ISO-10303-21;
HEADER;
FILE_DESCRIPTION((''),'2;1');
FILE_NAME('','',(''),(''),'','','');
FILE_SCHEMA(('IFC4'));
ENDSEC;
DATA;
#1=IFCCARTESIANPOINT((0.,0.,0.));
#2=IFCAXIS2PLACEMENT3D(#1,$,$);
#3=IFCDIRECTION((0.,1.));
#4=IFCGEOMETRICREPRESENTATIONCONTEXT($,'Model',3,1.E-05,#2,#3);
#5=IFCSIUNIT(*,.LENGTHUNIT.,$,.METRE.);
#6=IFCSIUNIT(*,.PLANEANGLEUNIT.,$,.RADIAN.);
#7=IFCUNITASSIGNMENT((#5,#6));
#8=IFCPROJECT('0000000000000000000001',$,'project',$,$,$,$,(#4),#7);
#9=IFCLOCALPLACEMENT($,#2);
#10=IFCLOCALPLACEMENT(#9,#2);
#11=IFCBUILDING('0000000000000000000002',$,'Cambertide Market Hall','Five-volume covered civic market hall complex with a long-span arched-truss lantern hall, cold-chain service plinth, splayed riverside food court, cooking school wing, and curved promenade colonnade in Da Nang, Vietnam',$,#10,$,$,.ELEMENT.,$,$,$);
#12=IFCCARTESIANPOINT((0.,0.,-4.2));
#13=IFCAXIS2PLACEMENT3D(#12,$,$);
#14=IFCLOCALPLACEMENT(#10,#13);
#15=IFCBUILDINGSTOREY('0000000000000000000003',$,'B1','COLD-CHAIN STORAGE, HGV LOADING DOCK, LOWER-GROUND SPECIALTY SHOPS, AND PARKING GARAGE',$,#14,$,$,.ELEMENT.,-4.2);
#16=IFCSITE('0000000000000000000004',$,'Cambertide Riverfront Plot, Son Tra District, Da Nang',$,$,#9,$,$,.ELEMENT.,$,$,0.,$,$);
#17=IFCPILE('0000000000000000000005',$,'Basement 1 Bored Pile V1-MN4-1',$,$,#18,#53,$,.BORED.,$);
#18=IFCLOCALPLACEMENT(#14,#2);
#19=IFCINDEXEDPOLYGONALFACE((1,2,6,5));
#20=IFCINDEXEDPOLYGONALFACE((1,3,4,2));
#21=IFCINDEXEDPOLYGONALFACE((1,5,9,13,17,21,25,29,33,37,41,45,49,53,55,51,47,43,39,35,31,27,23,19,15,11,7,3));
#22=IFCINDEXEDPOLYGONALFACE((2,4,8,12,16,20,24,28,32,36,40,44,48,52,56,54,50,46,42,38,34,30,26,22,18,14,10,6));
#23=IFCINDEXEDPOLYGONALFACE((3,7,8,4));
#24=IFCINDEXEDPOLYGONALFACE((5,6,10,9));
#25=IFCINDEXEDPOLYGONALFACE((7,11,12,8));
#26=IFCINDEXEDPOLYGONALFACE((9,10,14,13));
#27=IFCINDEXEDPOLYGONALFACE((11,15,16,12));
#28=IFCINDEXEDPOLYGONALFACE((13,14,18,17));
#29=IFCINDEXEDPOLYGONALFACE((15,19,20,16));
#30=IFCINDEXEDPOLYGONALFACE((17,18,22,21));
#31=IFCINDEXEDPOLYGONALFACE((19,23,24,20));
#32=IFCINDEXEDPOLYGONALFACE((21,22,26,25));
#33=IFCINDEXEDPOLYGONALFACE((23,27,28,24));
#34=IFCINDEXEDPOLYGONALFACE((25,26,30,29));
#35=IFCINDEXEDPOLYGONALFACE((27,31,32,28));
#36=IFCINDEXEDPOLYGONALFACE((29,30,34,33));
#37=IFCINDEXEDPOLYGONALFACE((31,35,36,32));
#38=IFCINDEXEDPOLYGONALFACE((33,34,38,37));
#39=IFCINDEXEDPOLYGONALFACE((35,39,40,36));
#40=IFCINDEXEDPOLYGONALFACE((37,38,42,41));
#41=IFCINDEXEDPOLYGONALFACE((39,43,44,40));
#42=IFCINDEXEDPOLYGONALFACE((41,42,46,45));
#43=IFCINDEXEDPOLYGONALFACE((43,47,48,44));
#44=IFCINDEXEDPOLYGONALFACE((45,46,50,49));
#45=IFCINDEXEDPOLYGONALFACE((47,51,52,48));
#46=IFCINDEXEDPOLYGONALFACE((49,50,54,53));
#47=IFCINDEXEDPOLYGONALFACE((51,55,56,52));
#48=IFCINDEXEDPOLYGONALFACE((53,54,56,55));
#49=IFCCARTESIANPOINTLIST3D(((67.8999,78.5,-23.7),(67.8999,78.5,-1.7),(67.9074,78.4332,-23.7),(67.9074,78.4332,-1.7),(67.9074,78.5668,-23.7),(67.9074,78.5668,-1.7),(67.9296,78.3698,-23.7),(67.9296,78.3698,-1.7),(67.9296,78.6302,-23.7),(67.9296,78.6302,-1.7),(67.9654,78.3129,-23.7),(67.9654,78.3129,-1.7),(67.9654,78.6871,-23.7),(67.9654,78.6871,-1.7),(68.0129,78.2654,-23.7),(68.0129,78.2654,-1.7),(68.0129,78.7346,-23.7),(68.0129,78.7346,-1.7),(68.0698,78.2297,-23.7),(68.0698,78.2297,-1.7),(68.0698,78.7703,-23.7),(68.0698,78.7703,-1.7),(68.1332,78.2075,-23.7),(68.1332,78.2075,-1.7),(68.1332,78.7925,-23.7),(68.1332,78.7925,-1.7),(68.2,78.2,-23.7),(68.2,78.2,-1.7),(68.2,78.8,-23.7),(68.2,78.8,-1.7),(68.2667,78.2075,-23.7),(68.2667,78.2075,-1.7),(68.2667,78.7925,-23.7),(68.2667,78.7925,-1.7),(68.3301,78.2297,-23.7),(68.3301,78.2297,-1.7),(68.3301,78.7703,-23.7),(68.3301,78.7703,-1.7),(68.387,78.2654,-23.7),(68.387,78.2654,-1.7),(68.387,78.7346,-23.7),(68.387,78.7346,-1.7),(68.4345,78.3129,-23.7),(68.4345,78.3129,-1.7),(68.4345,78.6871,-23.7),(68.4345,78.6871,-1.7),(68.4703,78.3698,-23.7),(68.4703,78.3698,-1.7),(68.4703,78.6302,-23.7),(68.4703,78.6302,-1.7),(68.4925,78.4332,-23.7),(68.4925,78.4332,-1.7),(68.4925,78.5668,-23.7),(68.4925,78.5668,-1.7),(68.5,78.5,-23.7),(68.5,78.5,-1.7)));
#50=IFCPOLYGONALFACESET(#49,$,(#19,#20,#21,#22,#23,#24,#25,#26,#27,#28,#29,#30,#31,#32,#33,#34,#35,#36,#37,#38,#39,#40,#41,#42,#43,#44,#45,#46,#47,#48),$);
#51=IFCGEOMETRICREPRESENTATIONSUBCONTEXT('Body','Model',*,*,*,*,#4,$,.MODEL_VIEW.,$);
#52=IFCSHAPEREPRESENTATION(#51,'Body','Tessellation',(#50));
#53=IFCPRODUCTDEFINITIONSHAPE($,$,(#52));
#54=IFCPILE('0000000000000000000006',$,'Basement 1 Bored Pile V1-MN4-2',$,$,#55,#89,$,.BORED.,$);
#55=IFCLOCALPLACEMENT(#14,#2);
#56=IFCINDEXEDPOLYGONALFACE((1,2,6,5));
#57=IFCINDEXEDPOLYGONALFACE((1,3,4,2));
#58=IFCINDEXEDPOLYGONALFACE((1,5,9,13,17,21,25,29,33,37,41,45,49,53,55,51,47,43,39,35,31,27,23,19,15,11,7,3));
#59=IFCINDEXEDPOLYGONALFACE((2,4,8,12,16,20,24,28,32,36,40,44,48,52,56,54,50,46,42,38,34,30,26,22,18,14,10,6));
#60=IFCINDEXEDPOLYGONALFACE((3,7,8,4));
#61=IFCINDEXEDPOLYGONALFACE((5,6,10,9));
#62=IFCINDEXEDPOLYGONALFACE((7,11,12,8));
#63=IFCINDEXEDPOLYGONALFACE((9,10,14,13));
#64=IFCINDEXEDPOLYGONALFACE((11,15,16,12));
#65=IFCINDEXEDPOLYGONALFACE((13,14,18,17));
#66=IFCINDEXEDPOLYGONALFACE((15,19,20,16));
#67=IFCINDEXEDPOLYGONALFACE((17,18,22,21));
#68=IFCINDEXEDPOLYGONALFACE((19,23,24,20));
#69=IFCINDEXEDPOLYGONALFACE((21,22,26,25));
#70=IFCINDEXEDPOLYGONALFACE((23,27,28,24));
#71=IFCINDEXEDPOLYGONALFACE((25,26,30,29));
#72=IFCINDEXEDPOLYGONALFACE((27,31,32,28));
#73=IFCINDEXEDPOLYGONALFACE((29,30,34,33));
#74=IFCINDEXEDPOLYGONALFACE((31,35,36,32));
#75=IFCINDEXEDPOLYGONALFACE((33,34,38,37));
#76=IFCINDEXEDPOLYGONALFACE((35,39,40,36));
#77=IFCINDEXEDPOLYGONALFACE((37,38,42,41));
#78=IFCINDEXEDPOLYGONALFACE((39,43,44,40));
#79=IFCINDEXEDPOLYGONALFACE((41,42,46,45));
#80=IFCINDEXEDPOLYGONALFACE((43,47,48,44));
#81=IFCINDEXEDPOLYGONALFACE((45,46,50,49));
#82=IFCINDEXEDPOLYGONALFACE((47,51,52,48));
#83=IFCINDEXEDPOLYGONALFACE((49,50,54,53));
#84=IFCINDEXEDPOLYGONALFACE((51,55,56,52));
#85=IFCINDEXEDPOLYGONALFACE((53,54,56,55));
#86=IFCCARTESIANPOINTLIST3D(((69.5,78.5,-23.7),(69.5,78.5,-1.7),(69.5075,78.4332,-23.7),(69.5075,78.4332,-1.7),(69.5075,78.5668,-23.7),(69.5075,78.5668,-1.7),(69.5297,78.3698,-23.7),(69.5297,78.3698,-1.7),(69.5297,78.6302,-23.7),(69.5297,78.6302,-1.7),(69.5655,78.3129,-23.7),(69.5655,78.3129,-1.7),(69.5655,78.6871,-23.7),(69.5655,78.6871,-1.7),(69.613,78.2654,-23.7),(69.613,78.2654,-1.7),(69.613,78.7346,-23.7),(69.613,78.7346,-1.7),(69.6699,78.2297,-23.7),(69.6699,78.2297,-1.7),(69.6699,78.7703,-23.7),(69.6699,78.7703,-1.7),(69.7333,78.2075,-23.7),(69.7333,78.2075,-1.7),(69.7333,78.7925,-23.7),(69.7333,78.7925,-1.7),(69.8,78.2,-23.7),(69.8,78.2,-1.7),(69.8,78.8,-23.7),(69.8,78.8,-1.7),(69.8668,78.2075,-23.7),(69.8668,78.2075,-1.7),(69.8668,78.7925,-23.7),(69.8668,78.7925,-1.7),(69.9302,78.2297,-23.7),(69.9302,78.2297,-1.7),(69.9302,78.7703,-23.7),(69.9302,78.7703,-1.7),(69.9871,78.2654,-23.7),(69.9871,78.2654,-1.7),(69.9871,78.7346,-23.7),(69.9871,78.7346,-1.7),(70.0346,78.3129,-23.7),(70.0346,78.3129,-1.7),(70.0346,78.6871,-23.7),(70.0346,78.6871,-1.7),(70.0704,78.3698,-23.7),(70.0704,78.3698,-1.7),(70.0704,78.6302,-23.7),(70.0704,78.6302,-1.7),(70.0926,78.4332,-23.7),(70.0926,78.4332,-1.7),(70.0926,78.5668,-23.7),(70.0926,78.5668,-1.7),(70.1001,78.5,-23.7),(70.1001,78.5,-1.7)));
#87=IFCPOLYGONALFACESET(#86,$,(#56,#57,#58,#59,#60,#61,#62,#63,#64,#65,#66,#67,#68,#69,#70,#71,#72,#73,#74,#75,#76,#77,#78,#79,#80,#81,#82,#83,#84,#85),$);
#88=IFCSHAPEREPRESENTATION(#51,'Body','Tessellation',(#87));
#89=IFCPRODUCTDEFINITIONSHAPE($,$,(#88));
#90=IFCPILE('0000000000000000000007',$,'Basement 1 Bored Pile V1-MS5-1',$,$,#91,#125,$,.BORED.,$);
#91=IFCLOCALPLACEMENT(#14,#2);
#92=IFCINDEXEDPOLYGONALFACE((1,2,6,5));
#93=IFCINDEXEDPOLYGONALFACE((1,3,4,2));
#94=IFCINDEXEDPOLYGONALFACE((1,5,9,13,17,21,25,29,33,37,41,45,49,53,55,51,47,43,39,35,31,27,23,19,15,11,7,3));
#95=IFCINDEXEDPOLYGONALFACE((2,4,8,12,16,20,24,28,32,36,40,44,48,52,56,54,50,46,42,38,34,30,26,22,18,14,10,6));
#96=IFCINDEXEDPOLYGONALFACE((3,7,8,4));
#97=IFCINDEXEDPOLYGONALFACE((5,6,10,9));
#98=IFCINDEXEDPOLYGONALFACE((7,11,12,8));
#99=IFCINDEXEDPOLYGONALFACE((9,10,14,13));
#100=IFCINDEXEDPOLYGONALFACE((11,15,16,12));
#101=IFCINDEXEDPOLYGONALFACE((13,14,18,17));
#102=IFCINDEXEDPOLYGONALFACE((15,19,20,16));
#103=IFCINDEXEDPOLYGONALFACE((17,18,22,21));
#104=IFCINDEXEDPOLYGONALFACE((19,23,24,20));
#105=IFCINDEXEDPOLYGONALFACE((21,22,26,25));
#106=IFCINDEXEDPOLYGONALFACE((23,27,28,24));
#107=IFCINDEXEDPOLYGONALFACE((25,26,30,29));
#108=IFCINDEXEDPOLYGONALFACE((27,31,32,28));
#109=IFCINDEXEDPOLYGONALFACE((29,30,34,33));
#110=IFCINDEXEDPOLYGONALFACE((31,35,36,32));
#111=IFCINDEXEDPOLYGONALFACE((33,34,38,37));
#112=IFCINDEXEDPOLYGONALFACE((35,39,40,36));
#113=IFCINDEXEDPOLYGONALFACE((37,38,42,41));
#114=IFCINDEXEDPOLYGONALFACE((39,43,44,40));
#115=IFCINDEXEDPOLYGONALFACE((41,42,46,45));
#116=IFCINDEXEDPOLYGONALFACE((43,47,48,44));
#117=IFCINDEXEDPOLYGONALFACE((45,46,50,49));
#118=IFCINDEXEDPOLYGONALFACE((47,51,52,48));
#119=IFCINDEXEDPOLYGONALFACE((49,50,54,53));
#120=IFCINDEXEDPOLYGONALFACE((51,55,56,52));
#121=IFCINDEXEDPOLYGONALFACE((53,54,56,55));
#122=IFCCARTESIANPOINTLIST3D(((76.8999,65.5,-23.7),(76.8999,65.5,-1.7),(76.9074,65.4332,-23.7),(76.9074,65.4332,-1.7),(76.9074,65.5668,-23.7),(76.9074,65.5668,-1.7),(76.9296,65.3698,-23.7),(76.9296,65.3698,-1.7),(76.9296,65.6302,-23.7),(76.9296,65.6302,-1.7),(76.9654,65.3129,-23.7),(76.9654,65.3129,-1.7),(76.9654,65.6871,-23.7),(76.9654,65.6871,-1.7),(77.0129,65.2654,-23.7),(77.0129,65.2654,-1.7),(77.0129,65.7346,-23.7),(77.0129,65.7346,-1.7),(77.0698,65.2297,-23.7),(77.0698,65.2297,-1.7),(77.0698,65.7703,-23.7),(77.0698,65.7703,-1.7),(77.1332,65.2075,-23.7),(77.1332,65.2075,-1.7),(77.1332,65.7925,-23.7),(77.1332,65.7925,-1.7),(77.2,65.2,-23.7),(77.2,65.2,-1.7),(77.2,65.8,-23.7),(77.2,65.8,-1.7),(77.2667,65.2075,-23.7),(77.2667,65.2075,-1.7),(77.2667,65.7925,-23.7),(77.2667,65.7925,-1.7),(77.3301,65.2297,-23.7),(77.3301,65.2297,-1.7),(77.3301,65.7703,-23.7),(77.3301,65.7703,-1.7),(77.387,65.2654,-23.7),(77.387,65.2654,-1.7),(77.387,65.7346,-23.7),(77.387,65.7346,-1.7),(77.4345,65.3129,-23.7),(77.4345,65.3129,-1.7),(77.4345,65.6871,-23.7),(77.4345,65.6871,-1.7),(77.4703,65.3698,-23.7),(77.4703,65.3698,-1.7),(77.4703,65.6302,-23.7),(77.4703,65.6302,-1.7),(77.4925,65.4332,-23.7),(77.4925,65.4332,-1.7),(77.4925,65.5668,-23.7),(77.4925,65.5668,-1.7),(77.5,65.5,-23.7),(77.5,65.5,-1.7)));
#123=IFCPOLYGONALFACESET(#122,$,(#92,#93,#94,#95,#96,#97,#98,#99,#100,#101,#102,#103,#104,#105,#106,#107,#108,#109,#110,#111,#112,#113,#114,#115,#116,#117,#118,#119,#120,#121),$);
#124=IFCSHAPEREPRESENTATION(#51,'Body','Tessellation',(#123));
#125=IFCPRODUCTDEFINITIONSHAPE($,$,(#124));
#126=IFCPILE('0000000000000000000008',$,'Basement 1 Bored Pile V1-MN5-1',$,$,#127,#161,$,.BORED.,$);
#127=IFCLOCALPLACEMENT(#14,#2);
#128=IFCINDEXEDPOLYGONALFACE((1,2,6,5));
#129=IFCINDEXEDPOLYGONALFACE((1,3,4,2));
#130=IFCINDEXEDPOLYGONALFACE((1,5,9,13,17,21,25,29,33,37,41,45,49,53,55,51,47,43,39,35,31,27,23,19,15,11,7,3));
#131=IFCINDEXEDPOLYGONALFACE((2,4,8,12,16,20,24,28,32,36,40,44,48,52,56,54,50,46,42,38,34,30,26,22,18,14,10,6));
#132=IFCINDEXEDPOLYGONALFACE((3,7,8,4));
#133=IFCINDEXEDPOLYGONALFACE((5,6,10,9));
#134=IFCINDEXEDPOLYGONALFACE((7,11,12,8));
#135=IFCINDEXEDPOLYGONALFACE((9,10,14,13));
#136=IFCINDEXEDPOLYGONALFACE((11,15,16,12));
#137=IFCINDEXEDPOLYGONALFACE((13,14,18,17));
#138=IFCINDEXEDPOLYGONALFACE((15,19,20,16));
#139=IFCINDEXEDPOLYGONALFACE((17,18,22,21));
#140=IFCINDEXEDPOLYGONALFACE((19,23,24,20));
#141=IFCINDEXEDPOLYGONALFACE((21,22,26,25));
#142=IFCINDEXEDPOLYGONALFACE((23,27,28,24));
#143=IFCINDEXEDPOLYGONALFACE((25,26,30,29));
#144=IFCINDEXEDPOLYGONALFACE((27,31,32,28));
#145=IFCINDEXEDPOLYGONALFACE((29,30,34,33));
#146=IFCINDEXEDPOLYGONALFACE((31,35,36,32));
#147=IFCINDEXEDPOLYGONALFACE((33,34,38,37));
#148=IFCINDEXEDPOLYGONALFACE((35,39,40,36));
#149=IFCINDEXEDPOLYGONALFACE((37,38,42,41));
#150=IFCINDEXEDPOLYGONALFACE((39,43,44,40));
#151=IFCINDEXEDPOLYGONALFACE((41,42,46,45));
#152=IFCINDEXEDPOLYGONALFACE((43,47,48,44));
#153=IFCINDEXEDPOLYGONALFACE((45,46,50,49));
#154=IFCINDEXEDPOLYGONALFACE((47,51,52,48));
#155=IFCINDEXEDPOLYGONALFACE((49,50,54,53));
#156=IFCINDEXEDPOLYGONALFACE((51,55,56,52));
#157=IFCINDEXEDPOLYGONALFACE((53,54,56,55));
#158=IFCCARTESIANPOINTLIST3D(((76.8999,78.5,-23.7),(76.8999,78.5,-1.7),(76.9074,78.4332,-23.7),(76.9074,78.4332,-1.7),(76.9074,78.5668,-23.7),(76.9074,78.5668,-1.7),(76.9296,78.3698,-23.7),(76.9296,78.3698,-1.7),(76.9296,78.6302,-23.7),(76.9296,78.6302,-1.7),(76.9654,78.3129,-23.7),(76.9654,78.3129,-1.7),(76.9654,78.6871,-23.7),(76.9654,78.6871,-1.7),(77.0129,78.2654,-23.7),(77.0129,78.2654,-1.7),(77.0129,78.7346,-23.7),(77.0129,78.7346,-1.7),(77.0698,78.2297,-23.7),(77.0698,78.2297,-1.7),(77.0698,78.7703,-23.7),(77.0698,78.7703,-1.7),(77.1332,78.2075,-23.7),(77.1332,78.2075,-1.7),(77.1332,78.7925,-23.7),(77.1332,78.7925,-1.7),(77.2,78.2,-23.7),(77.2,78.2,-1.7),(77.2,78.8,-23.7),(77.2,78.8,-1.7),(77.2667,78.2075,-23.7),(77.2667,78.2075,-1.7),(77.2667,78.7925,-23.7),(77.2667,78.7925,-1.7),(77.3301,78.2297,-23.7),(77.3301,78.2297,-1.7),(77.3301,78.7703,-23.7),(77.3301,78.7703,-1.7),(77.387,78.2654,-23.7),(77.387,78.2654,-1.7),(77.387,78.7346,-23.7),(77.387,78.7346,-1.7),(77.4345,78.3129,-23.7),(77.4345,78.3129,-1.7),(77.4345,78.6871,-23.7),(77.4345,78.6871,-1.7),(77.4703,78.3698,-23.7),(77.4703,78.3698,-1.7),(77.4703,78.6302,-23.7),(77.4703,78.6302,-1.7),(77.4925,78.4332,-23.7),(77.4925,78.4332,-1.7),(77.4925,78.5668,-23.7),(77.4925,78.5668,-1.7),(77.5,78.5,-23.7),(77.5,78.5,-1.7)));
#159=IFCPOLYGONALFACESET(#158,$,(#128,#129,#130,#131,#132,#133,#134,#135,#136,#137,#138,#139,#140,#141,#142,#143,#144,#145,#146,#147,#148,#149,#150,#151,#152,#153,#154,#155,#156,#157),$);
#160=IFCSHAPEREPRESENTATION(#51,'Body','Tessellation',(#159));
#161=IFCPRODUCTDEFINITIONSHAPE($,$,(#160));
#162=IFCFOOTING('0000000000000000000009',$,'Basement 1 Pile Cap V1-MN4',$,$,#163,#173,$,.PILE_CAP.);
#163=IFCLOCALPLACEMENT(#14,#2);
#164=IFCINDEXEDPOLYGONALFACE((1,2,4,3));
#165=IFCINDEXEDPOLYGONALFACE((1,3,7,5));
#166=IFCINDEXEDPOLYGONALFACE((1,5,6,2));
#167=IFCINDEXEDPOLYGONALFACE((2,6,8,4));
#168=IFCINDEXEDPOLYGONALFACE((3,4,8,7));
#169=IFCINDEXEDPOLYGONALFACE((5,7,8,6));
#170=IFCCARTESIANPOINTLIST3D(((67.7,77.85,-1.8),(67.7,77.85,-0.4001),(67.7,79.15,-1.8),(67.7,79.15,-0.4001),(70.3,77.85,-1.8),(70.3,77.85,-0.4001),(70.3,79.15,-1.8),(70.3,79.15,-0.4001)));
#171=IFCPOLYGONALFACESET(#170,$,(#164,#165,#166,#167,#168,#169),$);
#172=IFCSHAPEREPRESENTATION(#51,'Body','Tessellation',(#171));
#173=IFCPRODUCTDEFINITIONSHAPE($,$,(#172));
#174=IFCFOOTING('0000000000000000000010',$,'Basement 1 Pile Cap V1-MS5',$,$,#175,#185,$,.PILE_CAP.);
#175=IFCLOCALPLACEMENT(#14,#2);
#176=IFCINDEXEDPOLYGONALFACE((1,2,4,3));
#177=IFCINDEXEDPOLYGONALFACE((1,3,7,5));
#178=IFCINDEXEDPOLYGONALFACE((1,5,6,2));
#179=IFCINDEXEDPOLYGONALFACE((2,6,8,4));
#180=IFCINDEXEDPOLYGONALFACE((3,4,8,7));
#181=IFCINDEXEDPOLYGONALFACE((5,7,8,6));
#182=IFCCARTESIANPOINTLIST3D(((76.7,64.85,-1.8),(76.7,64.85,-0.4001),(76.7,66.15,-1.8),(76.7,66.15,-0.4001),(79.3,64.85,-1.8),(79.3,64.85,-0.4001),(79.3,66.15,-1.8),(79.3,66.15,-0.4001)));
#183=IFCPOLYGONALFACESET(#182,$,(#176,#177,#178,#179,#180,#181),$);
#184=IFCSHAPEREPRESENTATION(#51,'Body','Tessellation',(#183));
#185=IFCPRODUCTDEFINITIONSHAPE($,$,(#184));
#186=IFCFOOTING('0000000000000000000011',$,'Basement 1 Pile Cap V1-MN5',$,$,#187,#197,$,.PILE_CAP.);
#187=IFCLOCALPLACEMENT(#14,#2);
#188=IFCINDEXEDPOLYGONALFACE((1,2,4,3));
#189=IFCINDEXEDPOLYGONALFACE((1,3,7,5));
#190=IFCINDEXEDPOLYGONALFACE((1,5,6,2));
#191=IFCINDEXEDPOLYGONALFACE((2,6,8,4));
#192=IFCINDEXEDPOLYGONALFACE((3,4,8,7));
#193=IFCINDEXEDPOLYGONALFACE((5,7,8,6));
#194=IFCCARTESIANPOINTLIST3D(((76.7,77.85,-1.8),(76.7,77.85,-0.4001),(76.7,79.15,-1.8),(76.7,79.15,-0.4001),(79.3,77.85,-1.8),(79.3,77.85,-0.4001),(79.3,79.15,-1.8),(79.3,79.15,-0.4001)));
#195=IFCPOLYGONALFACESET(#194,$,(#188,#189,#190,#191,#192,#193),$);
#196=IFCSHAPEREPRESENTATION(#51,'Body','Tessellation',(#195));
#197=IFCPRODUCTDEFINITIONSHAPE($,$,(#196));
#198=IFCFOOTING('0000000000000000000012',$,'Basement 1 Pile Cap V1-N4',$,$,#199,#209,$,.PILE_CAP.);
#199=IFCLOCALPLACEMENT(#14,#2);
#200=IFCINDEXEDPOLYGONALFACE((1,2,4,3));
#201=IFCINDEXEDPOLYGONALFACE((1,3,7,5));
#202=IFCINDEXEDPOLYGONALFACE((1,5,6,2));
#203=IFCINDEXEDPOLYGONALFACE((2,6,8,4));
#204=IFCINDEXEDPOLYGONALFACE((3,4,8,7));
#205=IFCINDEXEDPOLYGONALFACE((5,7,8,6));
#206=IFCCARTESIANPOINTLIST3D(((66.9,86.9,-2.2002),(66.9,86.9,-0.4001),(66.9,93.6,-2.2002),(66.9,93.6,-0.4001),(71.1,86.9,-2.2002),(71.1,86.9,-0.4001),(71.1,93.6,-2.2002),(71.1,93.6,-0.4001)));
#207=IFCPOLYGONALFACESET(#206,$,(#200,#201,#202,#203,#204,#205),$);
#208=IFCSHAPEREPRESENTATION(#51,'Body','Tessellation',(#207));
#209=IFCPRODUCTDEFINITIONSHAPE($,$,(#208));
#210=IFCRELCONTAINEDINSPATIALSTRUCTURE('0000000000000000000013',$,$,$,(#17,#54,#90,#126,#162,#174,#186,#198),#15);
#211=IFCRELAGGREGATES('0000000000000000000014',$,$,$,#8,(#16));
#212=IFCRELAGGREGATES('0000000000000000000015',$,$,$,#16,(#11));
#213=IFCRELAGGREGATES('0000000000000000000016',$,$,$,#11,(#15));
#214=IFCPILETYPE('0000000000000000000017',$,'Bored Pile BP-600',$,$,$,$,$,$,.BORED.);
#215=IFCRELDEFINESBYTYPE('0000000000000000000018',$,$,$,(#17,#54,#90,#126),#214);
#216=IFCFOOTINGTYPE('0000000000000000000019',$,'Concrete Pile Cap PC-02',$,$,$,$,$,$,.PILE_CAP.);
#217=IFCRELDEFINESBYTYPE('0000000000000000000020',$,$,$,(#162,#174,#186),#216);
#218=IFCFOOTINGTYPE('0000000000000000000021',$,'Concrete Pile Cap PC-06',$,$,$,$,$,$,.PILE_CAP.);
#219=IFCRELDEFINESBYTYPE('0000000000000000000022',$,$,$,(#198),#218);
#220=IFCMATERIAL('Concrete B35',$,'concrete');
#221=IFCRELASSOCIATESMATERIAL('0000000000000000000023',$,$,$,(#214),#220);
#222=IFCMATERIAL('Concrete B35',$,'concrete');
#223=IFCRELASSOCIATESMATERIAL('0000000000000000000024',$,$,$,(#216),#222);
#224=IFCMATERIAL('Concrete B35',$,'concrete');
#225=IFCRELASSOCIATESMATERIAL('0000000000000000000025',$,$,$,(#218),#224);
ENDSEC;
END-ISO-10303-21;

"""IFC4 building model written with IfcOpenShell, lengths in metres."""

from ifc_helpers import new_model, si_unit, direction, frame, origin, origin_2d, place, context, subcontext, project, spatial, rectangle, circle, extrude, material, material_profile, profile_set, type_object, element, save


model = new_model("IFC4")

# Units and contexts
model_context = context("Model", 3, precision=1e-05, world=origin(), true_north=direction((0.0, 1.0)))
body_context = subcontext(model_context, "Body", "Model", "MODEL_VIEW")
ifc_project = project(units=[si_unit("LENGTHUNIT", "METRE"), si_unit("PLANEANGLEUNIT", "RADIAN")], contexts=[model_context])

# Site, building, storey
site_placement = place(None, origin())
site = spatial("IfcSite", under=ifc_project, at=site_placement, Name="Cambertide Riverfront Plot, Son Tra District, Da Nang", CompositionType="ELEMENT", RefElevation=0.0)
building_placement = place(site_placement, origin())
building = spatial("IfcBuilding", under=site, at=building_placement, Name="Cambertide Market Hall", Description="Five-volume covered civic market hall complex with a long-span arched-truss lantern hall, cold-chain service plinth, splayed riverside food court, cooking school wing, and curved promenade colonnade in Da Nang, Vietnam", CompositionType="ELEMENT")
storey_placement = place(building_placement, frame((0.0, 0.0, -4.2)))
storey = spatial("IfcBuildingStorey", under=building, at=storey_placement, Name="B1", Description="COLD-CHAIN STORAGE, HGV LOADING DOCK, LOWER-GROUND SPECIALTY SHOPS, AND PARKING GARAGE", CompositionType="ELEMENT", Elevation=-4.2)

# Piles
ifc_material_1 = material(Name="Concrete B35", Category="concrete")
ifc_material_profile_1 = material_profile(ifc_material_1, circle(Radius=0.3, at=origin_2d()), Name="BP D600")
ifc_profile_set_1 = profile_set([ifc_material_profile_1], Name="Concrete B35")
pile_type_1 = type_object("IfcPileType", Name="Bored Pile BP-600", PredefinedType="BORED", material=ifc_profile_set_1)
for number, where, z_axis, x_axis, name in (
    (1, (68.2, 78.5, -1.7), (0.0, 0.0, -1.0), (1.0, 0.0, 0.0), "Basement 1 Bored Pile V1-MN4-1"),
    (2, (69.8, 78.5, -1.7), (0.0, 0.0, -1.0), (1.0, 0.0, 0.0), "Basement 1 Bored Pile V1-MN4-2"),
    (3, (77.2, 65.5, -1.7), (0.0, 0.0, -1.0), (1.0, 0.0, 0.0), "Basement 1 Bored Pile V1-MS5-1"),
    (4, (77.2, 78.5, -1.7), (0.0, 0.0, -1.0), (1.0, 0.0, 0.0), "Basement 1 Bored Pile V1-MN5-1"),
):
    element("IfcPile", number, at=place(storey_placement, frame(where, z_axis=z_axis, x_axis=x_axis)), inside=storey, type_object=pile_type_1, Name=name, PredefinedType="BORED", context=body_context, shape_type="SweptSolid", body=[
        extrude(circle(Radius=0.3, at=origin_2d()), origin(), (0.0, 0.0, 1.0), 22.0),
    ])

# Footings
ifc_material_2 = material(Name="Concrete B35", Category="concrete")
footing_type_1 = type_object("IfcFootingType", Name="Concrete Pile Cap PC-02", PredefinedType="PILE_CAP", material=ifc_material_2)
for number, where, z_axis, x_axis, name in (
    (5, (69.0, 78.5, -1.8), (0.0, 0.0, 1.0), (1.0, 0.0, 0.0), "Basement 1 Pile Cap V1-MN4"),
    (6, (78.0, 65.5, -1.8), (0.0, 0.0, 1.0), (1.0, 0.0, 0.0), "Basement 1 Pile Cap V1-MS5"),
    (7, (78.0, 78.5, -1.8), (0.0, 0.0, 1.0), (1.0, 0.0, 0.0), "Basement 1 Pile Cap V1-MN5"),
):
    element("IfcFooting", number, at=place(storey_placement, frame(where, z_axis=z_axis, x_axis=x_axis)), inside=storey, type_object=footing_type_1, Name=name, PredefinedType="PILE_CAP", context=body_context, shape_type="SweptSolid", body=[
        extrude(rectangle(XDim=2.6001, YDim=1.3, at=origin_2d()), origin(), (0.0, 0.0, 1.0), 1.3999),
    ])
ifc_material_3 = material(Name="Concrete B35", Category="concrete")
footing_type_2 = type_object("IfcFootingType", Name="Concrete Pile Cap PC-06", PredefinedType="PILE_CAP", material=ifc_material_3)
footing_placement = place(storey_placement, frame((69.0, 90.25, -2.2002), z_axis=(0.0, 0.0, 1.0), x_axis=(1.0, 0.0, 0.0)))
element("IfcFooting", 8, at=footing_placement, inside=storey, type_object=footing_type_2, Name="Basement 1 Pile Cap V1-N4", PredefinedType="PILE_CAP", context=body_context, shape_type="SweptSolid", body=[
    extrude(rectangle(XDim=4.2, YDim=6.7, at=origin_2d()), origin(), (0.0, 0.0, 1.0), 1.8),
])

save(model, "model.ifc")
